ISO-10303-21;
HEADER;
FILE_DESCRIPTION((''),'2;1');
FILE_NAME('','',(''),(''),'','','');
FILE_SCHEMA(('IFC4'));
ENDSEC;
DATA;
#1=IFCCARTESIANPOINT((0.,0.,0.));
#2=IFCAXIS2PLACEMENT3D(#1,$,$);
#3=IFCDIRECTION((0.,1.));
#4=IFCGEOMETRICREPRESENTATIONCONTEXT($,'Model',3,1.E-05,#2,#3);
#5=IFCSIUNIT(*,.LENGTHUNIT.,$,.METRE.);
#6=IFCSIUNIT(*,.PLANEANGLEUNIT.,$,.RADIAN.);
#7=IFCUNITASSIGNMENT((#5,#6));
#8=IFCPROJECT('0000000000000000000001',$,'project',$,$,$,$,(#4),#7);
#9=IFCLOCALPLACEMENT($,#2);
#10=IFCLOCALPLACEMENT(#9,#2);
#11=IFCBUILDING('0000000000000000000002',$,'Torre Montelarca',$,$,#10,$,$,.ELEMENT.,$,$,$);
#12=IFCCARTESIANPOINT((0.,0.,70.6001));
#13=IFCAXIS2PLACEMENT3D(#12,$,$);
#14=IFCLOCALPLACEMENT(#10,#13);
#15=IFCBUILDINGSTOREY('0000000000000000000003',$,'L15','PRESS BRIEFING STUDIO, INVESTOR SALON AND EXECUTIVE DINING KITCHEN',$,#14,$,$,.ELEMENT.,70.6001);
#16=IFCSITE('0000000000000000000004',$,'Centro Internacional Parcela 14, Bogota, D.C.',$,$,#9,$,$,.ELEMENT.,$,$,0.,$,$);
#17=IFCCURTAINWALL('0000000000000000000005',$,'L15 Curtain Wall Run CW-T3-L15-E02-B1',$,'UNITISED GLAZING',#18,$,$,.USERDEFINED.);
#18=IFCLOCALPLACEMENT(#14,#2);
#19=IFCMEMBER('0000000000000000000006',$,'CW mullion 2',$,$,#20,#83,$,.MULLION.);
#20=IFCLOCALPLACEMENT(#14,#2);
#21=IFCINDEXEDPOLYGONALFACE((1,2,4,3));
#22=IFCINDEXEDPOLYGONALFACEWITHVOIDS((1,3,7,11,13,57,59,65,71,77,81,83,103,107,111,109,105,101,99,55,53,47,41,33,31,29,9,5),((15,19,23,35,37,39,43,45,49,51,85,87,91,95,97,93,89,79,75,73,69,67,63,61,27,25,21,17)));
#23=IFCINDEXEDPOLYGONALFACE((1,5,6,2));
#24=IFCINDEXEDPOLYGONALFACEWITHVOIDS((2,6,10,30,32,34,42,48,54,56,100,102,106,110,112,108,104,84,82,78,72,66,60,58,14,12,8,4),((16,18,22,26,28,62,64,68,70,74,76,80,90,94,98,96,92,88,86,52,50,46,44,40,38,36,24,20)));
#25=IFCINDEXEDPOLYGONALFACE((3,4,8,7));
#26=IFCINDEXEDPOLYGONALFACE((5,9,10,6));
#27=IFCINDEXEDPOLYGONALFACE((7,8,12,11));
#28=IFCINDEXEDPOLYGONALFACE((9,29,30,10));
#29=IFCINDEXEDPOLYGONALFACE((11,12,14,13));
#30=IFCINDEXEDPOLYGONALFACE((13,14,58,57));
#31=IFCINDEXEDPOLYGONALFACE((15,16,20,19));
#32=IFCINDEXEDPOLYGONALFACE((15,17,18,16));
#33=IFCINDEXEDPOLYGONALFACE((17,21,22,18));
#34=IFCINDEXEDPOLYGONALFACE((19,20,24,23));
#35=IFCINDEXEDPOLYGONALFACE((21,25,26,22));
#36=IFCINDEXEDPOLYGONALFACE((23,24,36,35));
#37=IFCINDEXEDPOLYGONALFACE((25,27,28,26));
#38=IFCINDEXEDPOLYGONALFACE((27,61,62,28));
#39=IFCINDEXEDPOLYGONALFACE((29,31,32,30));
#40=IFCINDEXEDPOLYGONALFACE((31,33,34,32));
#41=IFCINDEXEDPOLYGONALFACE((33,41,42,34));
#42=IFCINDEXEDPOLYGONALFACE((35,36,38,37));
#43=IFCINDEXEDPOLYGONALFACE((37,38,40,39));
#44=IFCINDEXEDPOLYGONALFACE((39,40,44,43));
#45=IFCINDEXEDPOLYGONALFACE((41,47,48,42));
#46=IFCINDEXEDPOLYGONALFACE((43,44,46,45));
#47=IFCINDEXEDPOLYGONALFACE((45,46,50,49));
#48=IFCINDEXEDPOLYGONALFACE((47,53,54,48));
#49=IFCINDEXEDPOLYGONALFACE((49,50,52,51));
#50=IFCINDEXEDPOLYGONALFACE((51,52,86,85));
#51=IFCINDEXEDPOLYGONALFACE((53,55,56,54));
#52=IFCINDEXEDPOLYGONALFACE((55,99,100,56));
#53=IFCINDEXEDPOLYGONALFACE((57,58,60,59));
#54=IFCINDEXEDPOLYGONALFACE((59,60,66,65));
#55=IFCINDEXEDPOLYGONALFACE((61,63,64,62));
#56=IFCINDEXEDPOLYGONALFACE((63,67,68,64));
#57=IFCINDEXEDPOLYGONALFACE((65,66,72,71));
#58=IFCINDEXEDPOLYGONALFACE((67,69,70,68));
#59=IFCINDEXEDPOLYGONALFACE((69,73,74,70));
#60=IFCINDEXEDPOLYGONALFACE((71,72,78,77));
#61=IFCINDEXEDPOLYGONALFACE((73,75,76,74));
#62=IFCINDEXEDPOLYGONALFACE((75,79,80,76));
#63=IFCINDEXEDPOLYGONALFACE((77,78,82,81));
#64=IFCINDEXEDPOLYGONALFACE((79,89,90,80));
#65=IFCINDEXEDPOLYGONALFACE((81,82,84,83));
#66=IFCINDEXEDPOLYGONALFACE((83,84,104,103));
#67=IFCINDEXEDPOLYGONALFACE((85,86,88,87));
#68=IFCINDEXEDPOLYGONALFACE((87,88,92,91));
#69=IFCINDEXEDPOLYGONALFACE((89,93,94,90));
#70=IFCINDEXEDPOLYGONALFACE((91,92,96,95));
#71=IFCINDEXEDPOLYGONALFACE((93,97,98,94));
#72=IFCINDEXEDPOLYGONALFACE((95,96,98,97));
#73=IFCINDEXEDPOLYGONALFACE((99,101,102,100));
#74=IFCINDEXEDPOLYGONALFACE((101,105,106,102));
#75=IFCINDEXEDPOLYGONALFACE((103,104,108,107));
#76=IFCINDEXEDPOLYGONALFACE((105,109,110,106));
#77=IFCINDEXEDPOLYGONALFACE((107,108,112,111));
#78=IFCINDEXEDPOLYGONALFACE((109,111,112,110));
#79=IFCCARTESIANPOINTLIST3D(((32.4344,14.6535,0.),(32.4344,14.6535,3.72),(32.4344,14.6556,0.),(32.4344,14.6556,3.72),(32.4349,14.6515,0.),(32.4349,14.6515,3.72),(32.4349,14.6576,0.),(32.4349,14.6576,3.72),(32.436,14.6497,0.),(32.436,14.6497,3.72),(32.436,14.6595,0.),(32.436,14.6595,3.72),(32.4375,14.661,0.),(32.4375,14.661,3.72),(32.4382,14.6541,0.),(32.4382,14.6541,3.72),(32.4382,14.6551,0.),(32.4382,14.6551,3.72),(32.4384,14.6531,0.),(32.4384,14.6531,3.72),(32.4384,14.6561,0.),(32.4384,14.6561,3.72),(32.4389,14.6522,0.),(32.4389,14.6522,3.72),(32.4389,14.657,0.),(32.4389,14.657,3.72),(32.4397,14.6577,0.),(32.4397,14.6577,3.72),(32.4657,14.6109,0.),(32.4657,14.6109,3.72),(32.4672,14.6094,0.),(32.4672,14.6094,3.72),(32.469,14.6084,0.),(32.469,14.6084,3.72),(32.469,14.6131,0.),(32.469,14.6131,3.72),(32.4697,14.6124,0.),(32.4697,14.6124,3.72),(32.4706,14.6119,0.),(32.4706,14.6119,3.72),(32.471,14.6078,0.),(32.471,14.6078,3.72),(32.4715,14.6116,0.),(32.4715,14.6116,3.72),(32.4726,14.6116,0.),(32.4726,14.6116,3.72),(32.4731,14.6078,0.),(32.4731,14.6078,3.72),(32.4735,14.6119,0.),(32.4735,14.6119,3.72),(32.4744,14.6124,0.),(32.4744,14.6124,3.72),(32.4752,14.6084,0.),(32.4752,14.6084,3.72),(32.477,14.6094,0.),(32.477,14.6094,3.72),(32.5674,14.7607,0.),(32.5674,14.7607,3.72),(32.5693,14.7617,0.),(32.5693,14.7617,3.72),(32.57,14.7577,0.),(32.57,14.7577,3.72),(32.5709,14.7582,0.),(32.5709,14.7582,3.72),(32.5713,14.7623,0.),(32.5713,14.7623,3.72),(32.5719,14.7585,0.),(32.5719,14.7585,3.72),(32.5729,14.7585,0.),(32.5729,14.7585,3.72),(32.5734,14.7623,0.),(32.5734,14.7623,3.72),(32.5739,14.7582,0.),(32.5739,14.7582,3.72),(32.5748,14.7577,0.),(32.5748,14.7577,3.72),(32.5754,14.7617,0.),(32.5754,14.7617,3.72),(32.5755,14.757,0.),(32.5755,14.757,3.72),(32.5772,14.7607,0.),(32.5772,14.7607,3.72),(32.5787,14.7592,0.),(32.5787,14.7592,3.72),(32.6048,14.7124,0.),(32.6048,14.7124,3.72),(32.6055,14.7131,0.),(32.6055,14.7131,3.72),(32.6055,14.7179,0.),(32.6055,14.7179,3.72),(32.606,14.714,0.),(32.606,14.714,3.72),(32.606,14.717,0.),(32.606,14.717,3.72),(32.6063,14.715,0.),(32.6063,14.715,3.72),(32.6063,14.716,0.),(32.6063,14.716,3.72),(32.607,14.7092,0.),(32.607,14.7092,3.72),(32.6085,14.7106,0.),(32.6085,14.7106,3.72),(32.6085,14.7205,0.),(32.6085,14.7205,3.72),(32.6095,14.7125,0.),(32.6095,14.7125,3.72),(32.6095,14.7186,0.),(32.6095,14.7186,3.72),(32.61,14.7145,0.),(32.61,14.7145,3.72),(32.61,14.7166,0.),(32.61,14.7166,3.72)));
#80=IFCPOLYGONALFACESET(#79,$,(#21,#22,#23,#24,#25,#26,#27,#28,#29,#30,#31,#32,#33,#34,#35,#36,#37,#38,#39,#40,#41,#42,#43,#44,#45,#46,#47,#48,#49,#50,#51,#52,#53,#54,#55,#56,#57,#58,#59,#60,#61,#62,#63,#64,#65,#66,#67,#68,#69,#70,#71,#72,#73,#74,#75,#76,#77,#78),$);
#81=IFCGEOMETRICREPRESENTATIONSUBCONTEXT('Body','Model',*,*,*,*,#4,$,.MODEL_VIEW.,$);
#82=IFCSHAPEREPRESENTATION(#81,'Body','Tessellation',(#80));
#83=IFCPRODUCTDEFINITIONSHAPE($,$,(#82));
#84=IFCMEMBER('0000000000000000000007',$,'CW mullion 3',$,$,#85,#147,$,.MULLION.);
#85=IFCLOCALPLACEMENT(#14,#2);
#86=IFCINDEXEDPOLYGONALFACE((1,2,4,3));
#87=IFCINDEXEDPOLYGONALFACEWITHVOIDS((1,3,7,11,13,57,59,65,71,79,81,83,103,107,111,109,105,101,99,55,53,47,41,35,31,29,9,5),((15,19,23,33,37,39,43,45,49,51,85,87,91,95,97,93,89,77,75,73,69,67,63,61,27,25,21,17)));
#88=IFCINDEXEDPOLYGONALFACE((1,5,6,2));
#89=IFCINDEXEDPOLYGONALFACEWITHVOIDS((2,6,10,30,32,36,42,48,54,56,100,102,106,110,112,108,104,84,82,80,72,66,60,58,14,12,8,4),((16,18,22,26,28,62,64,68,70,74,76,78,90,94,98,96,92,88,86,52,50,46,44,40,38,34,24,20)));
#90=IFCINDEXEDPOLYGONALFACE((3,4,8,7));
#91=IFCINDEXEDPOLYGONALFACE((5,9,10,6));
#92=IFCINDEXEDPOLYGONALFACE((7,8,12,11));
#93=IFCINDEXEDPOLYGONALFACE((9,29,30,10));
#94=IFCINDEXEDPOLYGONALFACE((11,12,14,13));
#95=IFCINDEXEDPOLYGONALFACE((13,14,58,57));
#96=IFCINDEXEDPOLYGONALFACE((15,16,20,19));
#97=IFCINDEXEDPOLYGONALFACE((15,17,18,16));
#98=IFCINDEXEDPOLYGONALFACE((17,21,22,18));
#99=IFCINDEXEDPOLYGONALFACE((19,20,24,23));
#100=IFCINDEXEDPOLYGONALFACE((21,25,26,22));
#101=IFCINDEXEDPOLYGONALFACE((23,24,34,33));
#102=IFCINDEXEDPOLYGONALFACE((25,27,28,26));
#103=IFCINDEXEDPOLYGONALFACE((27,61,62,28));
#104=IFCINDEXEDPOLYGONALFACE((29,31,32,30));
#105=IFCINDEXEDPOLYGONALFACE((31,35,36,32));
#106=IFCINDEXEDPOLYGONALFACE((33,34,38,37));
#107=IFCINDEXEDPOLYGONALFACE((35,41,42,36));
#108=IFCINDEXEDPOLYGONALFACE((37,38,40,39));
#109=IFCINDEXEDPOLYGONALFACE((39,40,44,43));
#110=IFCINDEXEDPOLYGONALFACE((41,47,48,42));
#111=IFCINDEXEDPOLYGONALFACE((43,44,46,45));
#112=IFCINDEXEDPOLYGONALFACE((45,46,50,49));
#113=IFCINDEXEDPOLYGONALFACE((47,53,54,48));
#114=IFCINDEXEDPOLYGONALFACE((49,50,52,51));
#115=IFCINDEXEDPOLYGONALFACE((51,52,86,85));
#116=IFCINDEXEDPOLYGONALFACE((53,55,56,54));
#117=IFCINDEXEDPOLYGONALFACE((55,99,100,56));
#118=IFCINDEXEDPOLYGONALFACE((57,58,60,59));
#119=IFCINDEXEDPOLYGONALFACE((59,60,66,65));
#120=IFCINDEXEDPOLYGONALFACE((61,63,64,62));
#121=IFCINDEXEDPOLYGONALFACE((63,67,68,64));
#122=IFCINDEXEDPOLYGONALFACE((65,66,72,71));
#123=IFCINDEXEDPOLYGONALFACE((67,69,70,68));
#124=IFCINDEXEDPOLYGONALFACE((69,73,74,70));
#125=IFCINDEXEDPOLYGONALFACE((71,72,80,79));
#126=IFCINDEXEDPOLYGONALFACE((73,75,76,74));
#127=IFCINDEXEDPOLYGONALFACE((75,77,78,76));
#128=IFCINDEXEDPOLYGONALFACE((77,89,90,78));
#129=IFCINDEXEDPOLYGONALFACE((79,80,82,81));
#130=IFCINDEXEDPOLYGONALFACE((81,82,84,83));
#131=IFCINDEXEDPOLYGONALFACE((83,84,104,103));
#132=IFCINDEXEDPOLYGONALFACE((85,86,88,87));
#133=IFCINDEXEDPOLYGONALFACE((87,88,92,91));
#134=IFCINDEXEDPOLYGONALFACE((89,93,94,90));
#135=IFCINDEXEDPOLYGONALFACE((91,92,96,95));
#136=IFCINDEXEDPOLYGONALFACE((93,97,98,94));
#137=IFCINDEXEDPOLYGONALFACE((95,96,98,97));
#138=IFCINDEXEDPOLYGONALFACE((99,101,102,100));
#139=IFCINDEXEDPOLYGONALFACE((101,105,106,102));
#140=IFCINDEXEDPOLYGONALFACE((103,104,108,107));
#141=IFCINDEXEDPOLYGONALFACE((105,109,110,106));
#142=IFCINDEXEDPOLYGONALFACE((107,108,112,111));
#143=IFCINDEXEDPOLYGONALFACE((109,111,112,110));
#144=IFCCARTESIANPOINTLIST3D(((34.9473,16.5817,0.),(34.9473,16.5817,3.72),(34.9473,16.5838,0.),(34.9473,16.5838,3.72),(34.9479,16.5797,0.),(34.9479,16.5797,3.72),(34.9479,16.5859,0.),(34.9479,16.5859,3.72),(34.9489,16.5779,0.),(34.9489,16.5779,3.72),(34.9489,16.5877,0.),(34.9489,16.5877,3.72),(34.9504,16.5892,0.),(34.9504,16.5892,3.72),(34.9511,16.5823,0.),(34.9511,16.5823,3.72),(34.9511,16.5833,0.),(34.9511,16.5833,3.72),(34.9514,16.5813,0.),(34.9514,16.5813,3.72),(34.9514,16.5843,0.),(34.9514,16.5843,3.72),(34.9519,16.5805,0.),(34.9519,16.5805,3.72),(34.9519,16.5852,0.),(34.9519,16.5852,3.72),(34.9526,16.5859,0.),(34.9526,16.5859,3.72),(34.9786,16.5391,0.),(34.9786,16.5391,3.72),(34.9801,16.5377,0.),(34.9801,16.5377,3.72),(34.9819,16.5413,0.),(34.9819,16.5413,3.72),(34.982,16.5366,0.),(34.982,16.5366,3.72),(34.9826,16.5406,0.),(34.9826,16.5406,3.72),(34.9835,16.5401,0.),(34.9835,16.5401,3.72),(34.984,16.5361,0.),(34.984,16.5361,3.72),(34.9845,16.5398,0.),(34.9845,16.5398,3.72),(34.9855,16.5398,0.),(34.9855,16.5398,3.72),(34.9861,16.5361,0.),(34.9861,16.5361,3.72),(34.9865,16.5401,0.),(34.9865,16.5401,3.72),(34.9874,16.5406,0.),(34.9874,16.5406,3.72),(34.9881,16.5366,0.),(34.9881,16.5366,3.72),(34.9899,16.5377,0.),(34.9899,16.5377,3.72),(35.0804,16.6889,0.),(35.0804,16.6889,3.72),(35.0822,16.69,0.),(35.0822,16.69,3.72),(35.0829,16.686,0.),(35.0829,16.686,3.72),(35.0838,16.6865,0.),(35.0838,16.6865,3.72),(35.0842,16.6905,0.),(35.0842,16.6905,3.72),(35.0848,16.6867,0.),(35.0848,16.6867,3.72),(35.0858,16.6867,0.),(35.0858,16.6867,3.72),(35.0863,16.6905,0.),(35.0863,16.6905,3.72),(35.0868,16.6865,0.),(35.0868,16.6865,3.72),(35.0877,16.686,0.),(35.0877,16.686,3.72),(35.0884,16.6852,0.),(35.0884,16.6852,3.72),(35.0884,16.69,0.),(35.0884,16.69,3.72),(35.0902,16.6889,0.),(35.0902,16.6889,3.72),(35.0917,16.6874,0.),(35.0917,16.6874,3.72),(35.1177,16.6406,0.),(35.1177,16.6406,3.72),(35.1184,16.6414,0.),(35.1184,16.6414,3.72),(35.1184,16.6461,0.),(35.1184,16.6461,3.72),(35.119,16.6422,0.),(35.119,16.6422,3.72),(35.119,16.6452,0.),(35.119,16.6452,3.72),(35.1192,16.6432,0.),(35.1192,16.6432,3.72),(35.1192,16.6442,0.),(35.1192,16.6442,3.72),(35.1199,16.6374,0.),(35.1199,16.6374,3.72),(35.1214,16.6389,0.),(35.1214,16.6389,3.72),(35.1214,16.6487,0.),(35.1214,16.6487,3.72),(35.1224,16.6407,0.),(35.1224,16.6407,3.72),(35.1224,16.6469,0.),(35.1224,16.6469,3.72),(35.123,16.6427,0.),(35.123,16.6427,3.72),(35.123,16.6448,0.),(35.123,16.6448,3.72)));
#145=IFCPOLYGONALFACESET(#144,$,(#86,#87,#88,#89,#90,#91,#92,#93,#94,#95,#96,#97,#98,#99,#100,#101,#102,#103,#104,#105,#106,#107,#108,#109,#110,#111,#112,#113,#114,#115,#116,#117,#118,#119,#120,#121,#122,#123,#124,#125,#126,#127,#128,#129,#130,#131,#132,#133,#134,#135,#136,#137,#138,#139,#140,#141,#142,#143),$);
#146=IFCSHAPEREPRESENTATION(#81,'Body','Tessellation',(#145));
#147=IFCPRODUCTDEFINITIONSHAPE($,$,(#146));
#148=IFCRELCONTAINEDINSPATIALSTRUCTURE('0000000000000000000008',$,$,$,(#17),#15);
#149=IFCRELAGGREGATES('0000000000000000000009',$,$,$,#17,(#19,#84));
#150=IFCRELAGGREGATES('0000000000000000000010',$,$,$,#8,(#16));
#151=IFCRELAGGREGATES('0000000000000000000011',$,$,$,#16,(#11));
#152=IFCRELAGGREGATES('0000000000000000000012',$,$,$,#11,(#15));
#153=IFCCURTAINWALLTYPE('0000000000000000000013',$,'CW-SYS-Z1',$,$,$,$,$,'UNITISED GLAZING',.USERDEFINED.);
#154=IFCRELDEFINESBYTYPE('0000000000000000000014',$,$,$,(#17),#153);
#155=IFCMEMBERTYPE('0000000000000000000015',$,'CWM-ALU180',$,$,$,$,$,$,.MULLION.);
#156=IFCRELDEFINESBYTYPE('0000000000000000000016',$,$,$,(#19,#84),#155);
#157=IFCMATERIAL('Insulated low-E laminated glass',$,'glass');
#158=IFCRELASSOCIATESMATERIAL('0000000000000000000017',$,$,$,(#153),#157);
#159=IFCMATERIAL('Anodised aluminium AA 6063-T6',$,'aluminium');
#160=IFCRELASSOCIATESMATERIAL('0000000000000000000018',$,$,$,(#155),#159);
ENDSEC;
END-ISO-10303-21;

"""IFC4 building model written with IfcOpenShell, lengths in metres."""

from ifc_helpers import new_model, si_unit, direction, frame, origin, origin_2d, place, context, subcontext, project, spatial, hollow_rectangle, extrude, source, transform, mapped, material, material_profile, profile_set, type_object, element, aggregate, save


model = new_model("IFC4")

# Units and contexts
model_context = context("Model", 3, precision=1e-05, world=origin(), true_north=direction((0.0, 1.0)))
body_context = subcontext(model_context, "Body", "Model", "MODEL_VIEW")
ifc_project = project(units=[si_unit("LENGTHUNIT", "METRE"), si_unit("PLANEANGLEUNIT", "RADIAN")], contexts=[model_context])

# Site, building, storey
site_placement = place(None, origin())
site = spatial("IfcSite", under=ifc_project, at=site_placement, Name="Centro Internacional Parcela 14, Bogota, D.C.", CompositionType="ELEMENT", RefElevation=0.0)
building_placement = place(site_placement, origin())
building = spatial("IfcBuilding", under=site, at=building_placement, Name="Torre Montelarca", CompositionType="ELEMENT")
storey_placement = place(building_placement, frame((0.0, 0.0, 70.6001)))
storey = spatial("IfcBuildingStorey", under=building, at=storey_placement, Name="L15", Description="PRESS BRIEFING STUDIO, INVESTOR SALON AND EXECUTIVE DINING KITCHEN", CompositionType="ELEMENT", Elevation=70.6001)

# Curtain wall
ifc_material_1 = material(Name="Insulated low-E laminated glass", Category="glass")
curtain_wall_type = type_object("IfcCurtainWallType", Name="CW-SYS-Z1", ElementType="UNITISED GLAZING", PredefinedType="USERDEFINED", material=ifc_material_1)
curtain_wall_1_placement = place(storey_placement, origin())
curtain_wall_1 = element("IfcCurtainWall", 1, at=curtain_wall_1_placement, inside=storey, type_object=curtain_wall_type, Name="L15 Curtain Wall Run CW-T3-L15-E02-B1", ObjectType="UNITISED GLAZING", PredefinedType="USERDEFINED")
ifc_material_2 = material(Name="Anodised aluminium AA 6063-T6", Category="aluminium")

# Shared definitions
ifc_material_profile_1 = material_profile(ifc_material_2, hollow_rectangle(XDim=0.0649, YDim=0.1799, WallThickness=0.0039, InnerFilletRadius=0.0039, OuterFilletRadius=0.0081, at=origin_2d()), Name="ALU65X180X4", Category="aluminium")
ifc_profile_set_1 = profile_set([ifc_material_profile_1], Name="Anodised aluminium AA 6063-T6")
member_type_1 = type_object("IfcMemberType", Name="CWM-ALU180", PredefinedType="MULLION", material=ifc_profile_set_1)
shared_shape_1 = source(origin(), body_context, "Body", "SweptSolid", [
    extrude(hollow_rectangle(XDim=0.0649, YDim=0.1799, WallThickness=0.0039, InnerFilletRadius=0.0039, OuterFilletRadius=0.0081, at=origin_2d()), origin(), (0.0, 0.0, 1.0), 3.72),
])

# Members
member_1_placement = place(storey_placement, frame((32.5222, 14.6851, 0.0), z_axis=(0.0, 0.0, 1.0), x_axis=(-0.608757, 0.793357, 0.0)))
member_1 = element("IfcMember", 2, at=member_1_placement, type_object=member_type_1, Name="CW mullion 2", PredefinedType="MULLION", context=body_context, shape_type="MappedRepresentation", body=[
    mapped(shared_shape_1, transform((0.0, 0.0, 0.0), scale=1.0)),
])
member_2_placement = place(storey_placement, frame((35.0352, 16.6133, 0.0), z_axis=(0.0, 0.0, 1.0), x_axis=(-0.608757, 0.793357, 0.0)))
member_2 = element("IfcMember", 3, at=member_2_placement, type_object=member_type_1, Name="CW mullion 3", PredefinedType="MULLION", context=body_context, shape_type="MappedRepresentation", body=[
    mapped(shared_shape_1, transform((0.0, 0.0, 0.0), scale=1.0)),
])

aggregate(curtain_wall_1, [member_1, member_2])

save(model, "model.ifc")
